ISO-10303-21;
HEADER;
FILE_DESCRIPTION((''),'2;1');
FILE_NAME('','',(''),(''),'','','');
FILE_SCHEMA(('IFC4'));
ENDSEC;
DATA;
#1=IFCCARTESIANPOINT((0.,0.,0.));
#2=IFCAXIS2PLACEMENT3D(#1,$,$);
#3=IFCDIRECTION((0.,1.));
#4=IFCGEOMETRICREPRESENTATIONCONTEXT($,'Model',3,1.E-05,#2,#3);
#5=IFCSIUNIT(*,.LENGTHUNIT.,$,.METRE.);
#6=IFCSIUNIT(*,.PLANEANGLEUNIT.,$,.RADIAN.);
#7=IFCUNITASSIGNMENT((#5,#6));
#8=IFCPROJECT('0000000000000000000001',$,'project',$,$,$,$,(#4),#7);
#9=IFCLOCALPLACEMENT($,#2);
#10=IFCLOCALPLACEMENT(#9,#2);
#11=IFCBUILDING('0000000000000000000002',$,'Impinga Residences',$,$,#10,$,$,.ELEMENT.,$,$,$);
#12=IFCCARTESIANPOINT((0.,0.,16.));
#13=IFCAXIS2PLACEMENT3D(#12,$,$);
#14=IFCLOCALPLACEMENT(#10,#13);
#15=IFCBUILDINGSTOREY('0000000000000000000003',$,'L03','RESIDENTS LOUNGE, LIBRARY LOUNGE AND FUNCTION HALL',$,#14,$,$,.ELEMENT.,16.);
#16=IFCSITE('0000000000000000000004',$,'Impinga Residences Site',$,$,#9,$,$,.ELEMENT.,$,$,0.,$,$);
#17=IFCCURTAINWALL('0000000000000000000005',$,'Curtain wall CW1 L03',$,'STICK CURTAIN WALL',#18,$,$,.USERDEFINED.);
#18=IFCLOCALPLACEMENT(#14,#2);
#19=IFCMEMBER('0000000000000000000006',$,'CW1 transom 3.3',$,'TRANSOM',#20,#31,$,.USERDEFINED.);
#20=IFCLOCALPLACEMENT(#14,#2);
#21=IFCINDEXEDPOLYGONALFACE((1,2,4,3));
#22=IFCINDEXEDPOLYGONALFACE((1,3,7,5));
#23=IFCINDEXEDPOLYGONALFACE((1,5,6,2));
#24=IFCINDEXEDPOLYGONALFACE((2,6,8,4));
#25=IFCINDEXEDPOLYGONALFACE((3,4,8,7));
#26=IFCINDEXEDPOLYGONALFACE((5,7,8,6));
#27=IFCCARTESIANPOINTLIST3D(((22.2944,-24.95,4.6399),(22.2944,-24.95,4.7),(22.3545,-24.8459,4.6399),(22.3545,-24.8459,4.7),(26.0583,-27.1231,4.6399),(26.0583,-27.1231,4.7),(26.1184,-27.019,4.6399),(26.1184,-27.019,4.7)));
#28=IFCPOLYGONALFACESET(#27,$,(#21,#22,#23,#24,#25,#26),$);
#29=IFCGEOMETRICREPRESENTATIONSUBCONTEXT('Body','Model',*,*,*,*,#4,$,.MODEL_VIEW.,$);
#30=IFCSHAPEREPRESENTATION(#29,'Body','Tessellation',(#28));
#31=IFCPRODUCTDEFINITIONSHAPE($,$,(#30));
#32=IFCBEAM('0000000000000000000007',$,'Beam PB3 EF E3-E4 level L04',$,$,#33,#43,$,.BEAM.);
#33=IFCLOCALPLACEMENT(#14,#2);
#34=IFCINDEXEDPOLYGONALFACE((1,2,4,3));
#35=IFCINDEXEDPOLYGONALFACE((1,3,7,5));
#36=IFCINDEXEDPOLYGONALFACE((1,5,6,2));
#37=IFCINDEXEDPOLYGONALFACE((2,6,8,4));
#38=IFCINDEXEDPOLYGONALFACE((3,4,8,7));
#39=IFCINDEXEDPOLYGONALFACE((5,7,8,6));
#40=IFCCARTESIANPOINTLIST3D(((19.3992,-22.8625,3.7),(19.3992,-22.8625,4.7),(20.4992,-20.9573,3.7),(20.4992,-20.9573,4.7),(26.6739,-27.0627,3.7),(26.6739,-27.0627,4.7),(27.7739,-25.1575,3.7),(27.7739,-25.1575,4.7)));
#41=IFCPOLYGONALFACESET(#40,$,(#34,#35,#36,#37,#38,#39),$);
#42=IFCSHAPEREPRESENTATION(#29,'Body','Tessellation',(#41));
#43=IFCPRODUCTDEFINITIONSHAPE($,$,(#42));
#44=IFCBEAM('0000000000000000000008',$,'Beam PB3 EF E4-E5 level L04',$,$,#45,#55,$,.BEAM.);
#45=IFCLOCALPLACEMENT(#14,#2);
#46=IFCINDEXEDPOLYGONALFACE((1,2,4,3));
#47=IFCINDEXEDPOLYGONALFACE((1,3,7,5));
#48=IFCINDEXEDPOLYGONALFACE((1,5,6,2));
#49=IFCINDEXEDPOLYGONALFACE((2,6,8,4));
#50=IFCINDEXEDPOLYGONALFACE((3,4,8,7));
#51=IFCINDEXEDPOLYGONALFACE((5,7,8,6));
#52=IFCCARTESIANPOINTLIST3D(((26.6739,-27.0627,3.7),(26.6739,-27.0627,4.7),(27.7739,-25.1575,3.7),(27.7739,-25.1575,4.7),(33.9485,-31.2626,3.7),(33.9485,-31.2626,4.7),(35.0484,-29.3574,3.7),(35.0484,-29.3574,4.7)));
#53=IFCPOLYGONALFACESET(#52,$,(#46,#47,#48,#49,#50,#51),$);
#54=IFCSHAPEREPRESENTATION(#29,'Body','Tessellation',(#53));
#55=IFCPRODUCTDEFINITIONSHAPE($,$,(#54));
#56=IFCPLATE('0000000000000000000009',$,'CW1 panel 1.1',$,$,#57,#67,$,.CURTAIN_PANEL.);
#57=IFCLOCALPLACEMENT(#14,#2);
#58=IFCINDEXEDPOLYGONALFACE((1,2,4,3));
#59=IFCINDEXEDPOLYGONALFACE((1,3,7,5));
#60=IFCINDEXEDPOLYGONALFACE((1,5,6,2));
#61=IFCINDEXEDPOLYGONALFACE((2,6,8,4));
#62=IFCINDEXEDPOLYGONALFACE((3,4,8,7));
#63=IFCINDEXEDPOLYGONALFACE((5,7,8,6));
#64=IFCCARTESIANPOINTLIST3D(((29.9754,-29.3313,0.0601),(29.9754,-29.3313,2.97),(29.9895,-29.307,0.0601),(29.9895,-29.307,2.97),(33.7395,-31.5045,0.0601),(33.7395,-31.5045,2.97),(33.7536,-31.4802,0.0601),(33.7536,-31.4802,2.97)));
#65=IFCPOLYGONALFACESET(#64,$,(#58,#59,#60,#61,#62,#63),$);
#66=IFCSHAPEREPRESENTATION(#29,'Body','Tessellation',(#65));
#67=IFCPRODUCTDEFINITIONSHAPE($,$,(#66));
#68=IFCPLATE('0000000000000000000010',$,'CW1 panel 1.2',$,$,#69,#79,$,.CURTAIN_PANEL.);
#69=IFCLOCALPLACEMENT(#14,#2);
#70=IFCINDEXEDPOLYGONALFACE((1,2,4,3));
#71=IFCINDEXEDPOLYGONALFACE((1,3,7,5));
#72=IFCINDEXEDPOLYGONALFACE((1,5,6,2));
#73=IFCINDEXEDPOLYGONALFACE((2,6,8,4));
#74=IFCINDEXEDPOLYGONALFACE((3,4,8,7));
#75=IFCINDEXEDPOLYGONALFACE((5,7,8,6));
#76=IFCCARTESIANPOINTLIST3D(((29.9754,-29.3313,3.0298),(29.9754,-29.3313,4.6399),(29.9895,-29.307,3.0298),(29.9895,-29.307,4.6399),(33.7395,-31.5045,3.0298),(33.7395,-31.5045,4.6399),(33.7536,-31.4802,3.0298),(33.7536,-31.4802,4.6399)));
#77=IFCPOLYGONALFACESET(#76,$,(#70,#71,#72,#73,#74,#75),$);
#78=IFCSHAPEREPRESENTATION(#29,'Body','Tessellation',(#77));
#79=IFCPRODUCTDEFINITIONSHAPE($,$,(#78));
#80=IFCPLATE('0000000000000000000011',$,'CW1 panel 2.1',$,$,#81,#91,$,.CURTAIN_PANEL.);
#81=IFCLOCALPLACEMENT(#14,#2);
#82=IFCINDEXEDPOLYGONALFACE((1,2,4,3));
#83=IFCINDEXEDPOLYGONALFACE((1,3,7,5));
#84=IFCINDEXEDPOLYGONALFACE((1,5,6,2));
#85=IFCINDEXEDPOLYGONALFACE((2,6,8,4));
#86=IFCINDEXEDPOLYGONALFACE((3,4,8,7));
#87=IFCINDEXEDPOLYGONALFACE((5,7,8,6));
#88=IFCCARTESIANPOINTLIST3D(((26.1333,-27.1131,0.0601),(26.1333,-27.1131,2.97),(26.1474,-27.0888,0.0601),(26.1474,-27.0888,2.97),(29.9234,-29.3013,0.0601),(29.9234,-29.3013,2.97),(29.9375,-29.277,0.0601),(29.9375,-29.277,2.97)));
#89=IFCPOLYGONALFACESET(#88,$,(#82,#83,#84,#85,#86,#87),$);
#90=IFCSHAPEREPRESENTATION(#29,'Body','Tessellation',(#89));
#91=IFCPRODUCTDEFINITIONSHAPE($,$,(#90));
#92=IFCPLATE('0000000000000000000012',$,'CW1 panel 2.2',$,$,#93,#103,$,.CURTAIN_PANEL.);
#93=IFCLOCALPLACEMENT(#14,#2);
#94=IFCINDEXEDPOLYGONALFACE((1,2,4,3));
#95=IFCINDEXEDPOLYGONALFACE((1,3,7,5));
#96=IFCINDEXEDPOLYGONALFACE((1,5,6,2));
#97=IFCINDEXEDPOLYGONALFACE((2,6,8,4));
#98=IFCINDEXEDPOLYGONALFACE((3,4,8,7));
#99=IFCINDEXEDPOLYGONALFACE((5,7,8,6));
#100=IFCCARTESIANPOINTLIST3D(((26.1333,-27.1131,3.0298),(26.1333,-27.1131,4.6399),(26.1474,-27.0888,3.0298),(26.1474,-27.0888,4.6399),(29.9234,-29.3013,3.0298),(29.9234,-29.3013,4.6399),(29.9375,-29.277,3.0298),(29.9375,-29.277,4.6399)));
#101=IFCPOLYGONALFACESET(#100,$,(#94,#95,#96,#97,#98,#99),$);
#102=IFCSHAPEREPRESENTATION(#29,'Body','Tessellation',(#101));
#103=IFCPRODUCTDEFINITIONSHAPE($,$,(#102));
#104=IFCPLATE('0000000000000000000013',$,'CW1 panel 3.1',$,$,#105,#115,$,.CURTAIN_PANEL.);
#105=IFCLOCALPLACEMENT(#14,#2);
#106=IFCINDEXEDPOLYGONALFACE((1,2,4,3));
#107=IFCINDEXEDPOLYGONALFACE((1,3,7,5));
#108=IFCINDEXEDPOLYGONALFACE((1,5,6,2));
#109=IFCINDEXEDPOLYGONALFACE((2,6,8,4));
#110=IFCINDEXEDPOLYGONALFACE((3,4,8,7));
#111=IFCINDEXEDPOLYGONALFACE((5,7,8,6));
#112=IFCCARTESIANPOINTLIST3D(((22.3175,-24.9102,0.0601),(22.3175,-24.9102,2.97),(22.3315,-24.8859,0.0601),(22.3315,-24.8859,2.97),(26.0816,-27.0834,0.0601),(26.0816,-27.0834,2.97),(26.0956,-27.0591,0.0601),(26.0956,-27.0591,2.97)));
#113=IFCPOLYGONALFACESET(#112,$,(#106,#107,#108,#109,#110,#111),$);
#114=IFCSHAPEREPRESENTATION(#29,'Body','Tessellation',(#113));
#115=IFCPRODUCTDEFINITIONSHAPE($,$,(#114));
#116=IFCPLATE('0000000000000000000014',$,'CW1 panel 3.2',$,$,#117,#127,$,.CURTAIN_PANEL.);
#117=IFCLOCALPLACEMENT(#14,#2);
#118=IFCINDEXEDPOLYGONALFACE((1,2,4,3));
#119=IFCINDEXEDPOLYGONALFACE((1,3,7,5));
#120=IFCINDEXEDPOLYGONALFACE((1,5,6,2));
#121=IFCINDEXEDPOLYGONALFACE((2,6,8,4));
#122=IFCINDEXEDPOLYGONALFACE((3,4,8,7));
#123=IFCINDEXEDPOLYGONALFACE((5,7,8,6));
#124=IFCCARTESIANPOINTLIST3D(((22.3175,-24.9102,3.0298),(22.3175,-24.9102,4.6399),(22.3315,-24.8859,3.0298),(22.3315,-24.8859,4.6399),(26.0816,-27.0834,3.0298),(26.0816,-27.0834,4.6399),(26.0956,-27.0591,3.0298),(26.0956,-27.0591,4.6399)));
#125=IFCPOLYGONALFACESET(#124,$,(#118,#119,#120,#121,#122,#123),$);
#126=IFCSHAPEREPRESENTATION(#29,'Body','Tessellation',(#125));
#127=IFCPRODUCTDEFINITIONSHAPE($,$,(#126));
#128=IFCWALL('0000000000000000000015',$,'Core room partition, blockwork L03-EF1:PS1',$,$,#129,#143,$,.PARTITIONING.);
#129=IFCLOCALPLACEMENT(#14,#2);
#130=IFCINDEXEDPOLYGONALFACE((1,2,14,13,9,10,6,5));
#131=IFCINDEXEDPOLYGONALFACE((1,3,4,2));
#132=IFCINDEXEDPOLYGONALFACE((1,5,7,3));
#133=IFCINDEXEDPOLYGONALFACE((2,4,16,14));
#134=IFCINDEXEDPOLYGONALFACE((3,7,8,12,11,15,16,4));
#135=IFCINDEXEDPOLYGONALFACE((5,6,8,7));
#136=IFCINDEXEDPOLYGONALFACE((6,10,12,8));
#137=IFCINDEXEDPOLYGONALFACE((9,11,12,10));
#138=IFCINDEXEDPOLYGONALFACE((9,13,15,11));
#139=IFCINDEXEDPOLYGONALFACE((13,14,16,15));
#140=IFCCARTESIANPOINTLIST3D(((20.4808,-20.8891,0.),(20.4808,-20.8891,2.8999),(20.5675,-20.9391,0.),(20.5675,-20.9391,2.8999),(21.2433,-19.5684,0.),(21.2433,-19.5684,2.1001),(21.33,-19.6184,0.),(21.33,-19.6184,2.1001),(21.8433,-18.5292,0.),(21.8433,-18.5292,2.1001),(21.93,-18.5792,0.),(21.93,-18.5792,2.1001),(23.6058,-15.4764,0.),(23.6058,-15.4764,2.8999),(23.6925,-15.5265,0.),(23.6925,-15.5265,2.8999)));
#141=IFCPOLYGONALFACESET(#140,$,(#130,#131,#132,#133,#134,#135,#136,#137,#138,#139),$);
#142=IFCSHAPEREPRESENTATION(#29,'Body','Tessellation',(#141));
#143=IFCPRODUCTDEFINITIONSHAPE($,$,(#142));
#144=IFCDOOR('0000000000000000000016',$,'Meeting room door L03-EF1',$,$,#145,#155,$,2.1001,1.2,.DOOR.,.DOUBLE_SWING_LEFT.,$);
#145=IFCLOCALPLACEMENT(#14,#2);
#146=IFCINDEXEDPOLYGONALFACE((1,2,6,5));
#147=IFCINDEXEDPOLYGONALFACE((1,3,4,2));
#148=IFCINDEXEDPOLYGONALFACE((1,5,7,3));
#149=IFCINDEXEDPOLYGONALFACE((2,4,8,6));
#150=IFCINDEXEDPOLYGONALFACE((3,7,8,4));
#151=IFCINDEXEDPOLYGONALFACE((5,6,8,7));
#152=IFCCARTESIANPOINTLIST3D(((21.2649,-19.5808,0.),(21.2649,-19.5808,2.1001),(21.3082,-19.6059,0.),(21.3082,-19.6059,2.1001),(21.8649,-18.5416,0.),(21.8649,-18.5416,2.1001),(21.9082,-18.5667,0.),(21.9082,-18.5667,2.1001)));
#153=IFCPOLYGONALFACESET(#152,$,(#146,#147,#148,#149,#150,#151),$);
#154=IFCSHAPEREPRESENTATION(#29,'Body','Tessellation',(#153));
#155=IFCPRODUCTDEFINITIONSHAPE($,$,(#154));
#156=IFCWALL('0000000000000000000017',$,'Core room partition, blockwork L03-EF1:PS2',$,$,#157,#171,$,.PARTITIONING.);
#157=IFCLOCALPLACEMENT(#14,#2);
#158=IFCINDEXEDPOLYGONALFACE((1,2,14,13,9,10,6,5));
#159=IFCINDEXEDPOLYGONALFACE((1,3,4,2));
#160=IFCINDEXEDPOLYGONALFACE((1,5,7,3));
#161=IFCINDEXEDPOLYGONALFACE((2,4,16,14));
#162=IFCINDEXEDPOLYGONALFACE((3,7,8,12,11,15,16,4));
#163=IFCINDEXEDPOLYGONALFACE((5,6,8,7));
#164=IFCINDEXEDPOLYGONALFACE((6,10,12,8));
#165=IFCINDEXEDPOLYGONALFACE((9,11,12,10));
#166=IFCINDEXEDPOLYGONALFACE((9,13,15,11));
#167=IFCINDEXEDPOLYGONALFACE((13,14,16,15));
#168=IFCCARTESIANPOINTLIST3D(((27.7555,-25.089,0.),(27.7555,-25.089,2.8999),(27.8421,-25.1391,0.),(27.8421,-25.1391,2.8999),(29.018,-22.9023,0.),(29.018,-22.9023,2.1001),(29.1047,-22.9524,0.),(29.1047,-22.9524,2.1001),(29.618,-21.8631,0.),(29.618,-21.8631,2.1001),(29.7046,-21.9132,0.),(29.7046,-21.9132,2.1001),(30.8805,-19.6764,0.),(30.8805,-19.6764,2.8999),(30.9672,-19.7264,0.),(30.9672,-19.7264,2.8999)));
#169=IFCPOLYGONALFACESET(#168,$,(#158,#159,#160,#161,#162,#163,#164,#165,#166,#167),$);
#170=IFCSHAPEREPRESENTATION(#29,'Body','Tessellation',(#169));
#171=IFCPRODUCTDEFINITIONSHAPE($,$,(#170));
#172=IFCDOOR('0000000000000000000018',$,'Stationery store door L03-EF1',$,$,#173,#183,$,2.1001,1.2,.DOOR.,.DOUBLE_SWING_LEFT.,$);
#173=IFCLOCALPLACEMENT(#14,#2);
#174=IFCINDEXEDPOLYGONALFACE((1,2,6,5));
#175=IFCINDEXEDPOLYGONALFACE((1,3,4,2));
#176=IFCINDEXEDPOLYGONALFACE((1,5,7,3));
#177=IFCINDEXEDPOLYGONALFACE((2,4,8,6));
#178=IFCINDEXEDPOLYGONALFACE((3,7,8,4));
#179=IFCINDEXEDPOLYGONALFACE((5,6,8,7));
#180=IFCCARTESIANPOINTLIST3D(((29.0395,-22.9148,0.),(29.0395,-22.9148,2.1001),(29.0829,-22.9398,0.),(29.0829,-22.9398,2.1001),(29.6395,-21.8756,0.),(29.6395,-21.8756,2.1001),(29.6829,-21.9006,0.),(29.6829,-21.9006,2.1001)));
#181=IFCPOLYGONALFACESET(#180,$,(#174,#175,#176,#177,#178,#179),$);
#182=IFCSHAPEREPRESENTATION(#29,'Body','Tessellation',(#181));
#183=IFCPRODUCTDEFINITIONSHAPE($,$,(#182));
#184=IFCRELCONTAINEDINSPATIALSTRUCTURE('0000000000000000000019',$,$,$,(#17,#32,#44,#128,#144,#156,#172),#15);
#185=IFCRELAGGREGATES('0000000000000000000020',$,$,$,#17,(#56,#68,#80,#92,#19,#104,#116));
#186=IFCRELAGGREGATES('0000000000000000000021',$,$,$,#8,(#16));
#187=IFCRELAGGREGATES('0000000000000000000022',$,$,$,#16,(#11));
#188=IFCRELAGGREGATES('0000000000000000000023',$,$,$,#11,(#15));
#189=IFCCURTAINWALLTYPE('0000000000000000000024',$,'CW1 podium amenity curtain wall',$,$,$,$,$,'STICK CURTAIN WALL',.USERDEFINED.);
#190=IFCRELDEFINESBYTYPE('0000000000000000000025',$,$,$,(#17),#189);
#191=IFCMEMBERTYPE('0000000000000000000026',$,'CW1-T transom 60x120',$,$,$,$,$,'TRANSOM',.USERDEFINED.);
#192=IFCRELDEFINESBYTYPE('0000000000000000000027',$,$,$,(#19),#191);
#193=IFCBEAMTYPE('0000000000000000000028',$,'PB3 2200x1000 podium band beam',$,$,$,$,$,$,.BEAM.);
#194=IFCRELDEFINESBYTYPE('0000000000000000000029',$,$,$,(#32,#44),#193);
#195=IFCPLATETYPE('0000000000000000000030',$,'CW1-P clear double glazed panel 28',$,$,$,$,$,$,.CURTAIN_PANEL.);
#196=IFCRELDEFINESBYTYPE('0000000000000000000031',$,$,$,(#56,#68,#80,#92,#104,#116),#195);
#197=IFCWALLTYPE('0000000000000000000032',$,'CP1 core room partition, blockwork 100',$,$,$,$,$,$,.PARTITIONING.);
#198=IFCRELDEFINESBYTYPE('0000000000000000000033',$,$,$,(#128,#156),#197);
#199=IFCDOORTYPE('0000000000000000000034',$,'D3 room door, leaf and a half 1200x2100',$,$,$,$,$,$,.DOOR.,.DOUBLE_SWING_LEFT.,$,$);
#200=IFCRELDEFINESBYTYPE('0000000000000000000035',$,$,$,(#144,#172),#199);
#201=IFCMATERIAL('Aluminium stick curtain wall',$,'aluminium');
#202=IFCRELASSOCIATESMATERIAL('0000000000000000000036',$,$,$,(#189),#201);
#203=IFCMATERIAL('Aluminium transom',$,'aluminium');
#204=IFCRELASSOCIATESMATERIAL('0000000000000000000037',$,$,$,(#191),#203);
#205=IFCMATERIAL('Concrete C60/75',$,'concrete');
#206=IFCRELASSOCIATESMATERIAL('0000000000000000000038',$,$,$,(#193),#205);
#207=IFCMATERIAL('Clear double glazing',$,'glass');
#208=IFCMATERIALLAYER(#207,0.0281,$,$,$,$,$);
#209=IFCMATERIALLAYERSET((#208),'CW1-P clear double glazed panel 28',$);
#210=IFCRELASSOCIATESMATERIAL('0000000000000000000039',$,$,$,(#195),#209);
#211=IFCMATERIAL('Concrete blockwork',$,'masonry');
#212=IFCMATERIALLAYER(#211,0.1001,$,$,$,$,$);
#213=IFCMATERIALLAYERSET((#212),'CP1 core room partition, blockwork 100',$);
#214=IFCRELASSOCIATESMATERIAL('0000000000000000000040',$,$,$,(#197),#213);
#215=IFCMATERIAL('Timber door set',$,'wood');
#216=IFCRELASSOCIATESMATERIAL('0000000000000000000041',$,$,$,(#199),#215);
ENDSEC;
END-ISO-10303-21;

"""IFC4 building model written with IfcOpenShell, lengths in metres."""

from ifc_helpers import new_model, si_unit, direction, frame, frame_2d, origin, origin_2d, place, context, subcontext, project, spatial, rectangle, extrude, material, layer, layer_set, material_profile, profile_set, type_object, element, fill, aggregate, save


model = new_model("IFC4")

# Units and contexts
model_context = context("Model", 3, precision=1e-05, world=origin(), true_north=direction((0.0, 1.0)))
body_context = subcontext(model_context, "Body", "Model", "MODEL_VIEW")
ifc_project = project(units=[si_unit("LENGTHUNIT", "METRE"), si_unit("PLANEANGLEUNIT", "RADIAN")], contexts=[model_context])

# Site, building, storey
site_placement = place(None, origin())
site = spatial("IfcSite", under=ifc_project, at=site_placement, Name="Impinga Residences Site", CompositionType="ELEMENT", RefElevation=0.0)
building_placement = place(site_placement, origin())
building = spatial("IfcBuilding", under=site, at=building_placement, Name="Impinga Residences", CompositionType="ELEMENT")
storey_placement = place(building_placement, frame((0.0, 0.0, 16.0)))
storey = spatial("IfcBuildingStorey", under=building, at=storey_placement, Name="L03", Description="RESIDENTS LOUNGE, LIBRARY LOUNGE AND FUNCTION HALL", CompositionType="ELEMENT", Elevation=16.0)

# Shared definitions
ifc_material_1 = material(Name="Concrete C60/75", Category="concrete")

# Curtain wall
ifc_material_2 = material(Name="Aluminium stick curtain wall", Category="aluminium")
curtain_wall_type = type_object("IfcCurtainWallType", Name="CW1 podium amenity curtain wall", ElementType="STICK CURTAIN WALL", PredefinedType="USERDEFINED", material=ifc_material_2)
curtain_wall_1_placement = place(storey_placement, origin())
curtain_wall_1 = element("IfcCurtainWall", 1, at=curtain_wall_1_placement, inside=storey, type_object=curtain_wall_type, Name="Curtain wall CW1 L03", ObjectType="STICK CURTAIN WALL", PredefinedType="USERDEFINED")

# Member
ifc_material_3 = material(Name="Aluminium transom", Category="aluminium")
ifc_material_profile_1 = material_profile(ifc_material_3, rectangle(XDim=0.0601, YDim=0.1201, at=origin_2d()), Name="60x120 transom")
ifc_profile_set_1 = profile_set([ifc_material_profile_1], Name="Aluminium transom")
member_type_1 = type_object("IfcMemberType", Name="CW1-T transom 60x120", ElementType="TRANSOM", PredefinedType="USERDEFINED", material=ifc_profile_set_1)
member_1_placement = place(storey_placement, frame((26.0884, -27.071, 4.6699), z_axis=(-0.866026, 0.5, 0.0), x_axis=(0.0, 0.0, 1.0)))
member_1 = element("IfcMember", 2, at=member_1_placement, type_object=member_type_1, Name="CW1 transom 3.3", ObjectType="TRANSOM", PredefinedType="USERDEFINED", context=body_context, shape_type="SweptSolid", body=[
    extrude(rectangle(XDim=0.0601, YDim=0.1201, at=origin_2d()), origin(), (0.0, 0.0, 1.0), 4.3462),
])

# Beams
ifc_material_profile_2 = material_profile(ifc_material_1, rectangle(XDim=2.2, YDim=1.0, at=origin_2d()), Name="RC 2200x1000")
ifc_profile_set_2 = profile_set([ifc_material_profile_2], Name="Concrete C60/75")
beam_type_1 = type_object("IfcBeamType", Name="PB3 2200x1000 podium band beam", PredefinedType="BEAM", material=ifc_profile_set_2)
beam_1_placement = place(storey_placement, frame((19.9492, -21.9099, 4.2), z_axis=(0.866017, -0.500015, 0.0), x_axis=(0.500015, 0.866017, 0.0)))
element("IfcBeam", 3, at=beam_1_placement, inside=storey, type_object=beam_type_1, Name="Beam PB3 EF E3-E4 level L04", PredefinedType="BEAM", context=body_context, shape_type="SweptSolid", body=[
    extrude(rectangle(XDim=2.2, YDim=1.0, at=origin_2d()), origin(), (0.0, 0.0, 1.0), 8.4001),
])
beam_2_placement = place(storey_placement, frame((27.2239, -26.1101, 4.2), z_axis=(0.866029, -0.499993, 0.0), x_axis=(0.499993, 0.866029, 0.0)))
element("IfcBeam", 4, at=beam_2_placement, inside=storey, type_object=beam_type_1, Name="Beam PB3 EF E4-E5 level L04", PredefinedType="BEAM", context=body_context, shape_type="SweptSolid", body=[
    extrude(rectangle(XDim=2.2, YDim=1.0, at=origin_2d()), origin(), (0.0, 0.0, 1.0), 8.3999),
])

# Plates
ifc_material_4 = material(Name="Clear double glazing", Category="glass")
ifc_layer_1 = layer(ifc_material_4, 0.0281)
ifc_layer_set_1 = layer_set([ifc_layer_1], Name="CW1-P clear double glazed panel 28")
plate_type = type_object("IfcPlateType", Name="CW1-P clear double glazed panel 28", PredefinedType="CURTAIN_PANEL", material=ifc_layer_set_1)
plate_1_placement = place(storey_placement, frame((31.8645, -30.4058, 0.0601), z_axis=(0.0, 0.0, 1.0), x_axis=(-0.866025, 0.5, 0.0)))
plate_1 = element("IfcPlate", 5, at=plate_1_placement, type_object=plate_type, Name="CW1 panel 1.1", PredefinedType="CURTAIN_PANEL", context=body_context, shape_type="SweptSolid", body=[
    extrude(rectangle(XDim=4.3464, YDim=0.0281, at=origin_2d()), origin(), (0.0, 0.0, 1.0), 2.9099),
])
plate_2_placement = place(storey_placement, frame((31.8645, -30.4058, 3.0298), z_axis=(0.0, 0.0, 1.0), x_axis=(-0.866025, 0.5, 0.0)))
plate_2 = element("IfcPlate", 6, at=plate_2_placement, type_object=plate_type, Name="CW1 panel 1.2", PredefinedType="CURTAIN_PANEL", context=body_context, shape_type="SweptSolid", body=[
    extrude(rectangle(XDim=4.3464, YDim=0.0281, at=origin_2d()), origin(), (0.0, 0.0, 1.0), 1.6101),
])
plate_3_placement = place(storey_placement, frame((28.0354, -28.1951, 0.0601), z_axis=(0.0, 0.0, 1.0), x_axis=(-0.866025, 0.5, 0.0)))
plate_3 = element("IfcPlate", 7, at=plate_3_placement, type_object=plate_type, Name="CW1 panel 2.1", PredefinedType="CURTAIN_PANEL", context=body_context, shape_type="SweptSolid", body=[
    extrude(rectangle(XDim=4.3765, YDim=0.0281, at=origin_2d()), origin(), (0.0, 0.0, 1.0), 2.9099),
])
plate_4_placement = place(storey_placement, frame((28.0354, -28.1951, 3.0298), z_axis=(0.0, 0.0, 1.0), x_axis=(-0.866025, 0.5, 0.0)))
plate_4 = element("IfcPlate", 8, at=plate_4_placement, type_object=plate_type, Name="CW1 panel 2.2", PredefinedType="CURTAIN_PANEL", context=body_context, shape_type="SweptSolid", body=[
    extrude(rectangle(XDim=4.3765, YDim=0.0281, at=origin_2d()), origin(), (0.0, 0.0, 1.0), 1.6101),
])
plate_5_placement = place(storey_placement, frame((24.2065, -25.9846, 0.0601), z_axis=(0.0, 0.0, 1.0), x_axis=(-0.866025, 0.5, 0.0)))
plate_5 = element("IfcPlate", 9, at=plate_5_placement, type_object=plate_type, Name="CW1 panel 3.1", PredefinedType="CURTAIN_PANEL", context=body_context, shape_type="SweptSolid", body=[
    extrude(rectangle(XDim=4.3464, YDim=0.0281, at=origin_2d()), origin(), (0.0, 0.0, 1.0), 2.9099),
])
plate_6_placement = place(storey_placement, frame((24.2065, -25.9846, 3.0298), z_axis=(0.0, 0.0, 1.0), x_axis=(-0.866025, 0.5, 0.0)))
plate_6 = element("IfcPlate", 10, at=plate_6_placement, type_object=plate_type, Name="CW1 panel 3.2", PredefinedType="CURTAIN_PANEL", context=body_context, shape_type="SweptSolid", body=[
    extrude(rectangle(XDim=4.3464, YDim=0.0281, at=origin_2d()), origin(), (0.0, 0.0, 1.0), 1.6101),
])
aggregate(curtain_wall_1, [plate_1, plate_2, plate_3, plate_4, member_1, plate_5, plate_6])

# Walls, openings, doors
ifc_material_5 = material(Name="Concrete blockwork", Category="masonry")
ifc_layer_2 = layer(ifc_material_5, 0.1001)
ifc_layer_set_2 = layer_set([ifc_layer_2], Name="CP1 core room partition, blockwork 100")
wall_type_1 = type_object("IfcWallType", Name="CP1 core room partition, blockwork 100", PredefinedType="PARTITIONING", material=ifc_layer_set_2)
wall_1_placement = place(storey_placement, frame((23.6492, -15.5015, 0.0), z_axis=(0.0, 0.0, 1.0), x_axis=(-0.500004, -0.866023, 0.0)))
wall_1 = element("IfcWall", 11, at=wall_1_placement, inside=storey, type_object=wall_type_1, Name="Core room partition, blockwork L03-EF1:PS1", PredefinedType="PARTITIONING", context=body_context, shape_type="SweptSolid", body=[
    extrude(rectangle(XDim=6.25, YDim=0.1001, at=frame_2d((3.125, 0.0))), origin(), (0.0, 0.0, 1.0), 2.8999),
])
opening_1_placement = place(wall_1_placement, frame((3.5249, 0.0, 0.0)))
opening_1 = element("IfcOpeningElement", 12, at=opening_1_placement, cuts=wall_1, PredefinedType="OPENING", context=body_context, shape_type="SweptSolid", body=[
    extrude(rectangle(XDim=1.2, YDim=2.1001, at=frame_2d((0.6001, 1.05))), frame((0.0, 0.0601, 0.0), z_axis=(0.0, -1.0, 0.0), x_axis=(1.0, 0.0, 0.0)), (0.0, 0.0, 1.0), 0.1201),
])
ifc_material_6 = material(Name="Timber door set", Category="wood")
door_type_1 = type_object("IfcDoorType", Name="D3 room door, leaf and a half 1200x2100", OperationType="DOUBLE_SWING_LEFT", PredefinedType="DOOR", material=ifc_material_6)
door_1_placement = place(opening_1_placement, origin())
door_1 = element("IfcDoor", 13, at=door_1_placement, inside=storey, type_object=door_type_1, Name="Meeting room door L03-EF1", OperationType="DOUBLE_SWING_LEFT", OverallHeight=2.1001, OverallWidth=1.2, PredefinedType="DOOR", context=body_context, shape_type="SweptSolid", body=[
    extrude(rectangle(XDim=1.2, YDim=2.1001, at=frame_2d((0.6001, 1.05))), frame((0.0, 0.0249, 0.0), z_axis=(0.0, -1.0, 0.0), x_axis=(1.0, 0.0, 0.0)), (0.0, 0.0, 1.0), 0.05),
])
fill(opening_1, door_1)
wall_2_placement = place(storey_placement, frame((30.9238, -19.7014, 0.0), z_axis=(0.0, 0.0, 1.0), x_axis=(-0.500004, -0.866023, 0.0)))
wall_2 = element("IfcWall", 14, at=wall_2_placement, inside=storey, type_object=wall_type_1, Name="Core room partition, blockwork L03-EF1:PS2", PredefinedType="PARTITIONING", context=body_context, shape_type="SweptSolid", body=[
    extrude(rectangle(XDim=6.25, YDim=0.1001, at=frame_2d((3.125, 0.0))), origin(), (0.0, 0.0, 1.0), 2.8999),
])
opening_2_placement = place(wall_2_placement, frame((2.5249, 0.0, 0.0)))
opening_2 = element("IfcOpeningElement", 15, at=opening_2_placement, cuts=wall_2, PredefinedType="OPENING", context=body_context, shape_type="SweptSolid", body=[
    extrude(rectangle(XDim=1.2, YDim=2.1001, at=frame_2d((0.6001, 1.05))), frame((0.0, 0.0601, 0.0), z_axis=(0.0, -1.0, 0.0), x_axis=(1.0, 0.0, 0.0)), (0.0, 0.0, 1.0), 0.1201),
])
door_2_placement = place(opening_2_placement, origin())
door_2 = element("IfcDoor", 16, at=door_2_placement, inside=storey, type_object=door_type_1, Name="Stationery store door L03-EF1", OperationType="DOUBLE_SWING_LEFT", OverallHeight=2.1001, OverallWidth=1.2, PredefinedType="DOOR", context=body_context, shape_type="SweptSolid", body=[
    extrude(rectangle(XDim=1.2, YDim=2.1001, at=frame_2d((0.6001, 1.05))), frame((0.0, 0.0249, 0.0), z_axis=(0.0, -1.0, 0.0), x_axis=(1.0, 0.0, 0.0)), (0.0, 0.0, 1.0), 0.05),
])
fill(opening_2, door_2)

save(model, "model.ifc")
